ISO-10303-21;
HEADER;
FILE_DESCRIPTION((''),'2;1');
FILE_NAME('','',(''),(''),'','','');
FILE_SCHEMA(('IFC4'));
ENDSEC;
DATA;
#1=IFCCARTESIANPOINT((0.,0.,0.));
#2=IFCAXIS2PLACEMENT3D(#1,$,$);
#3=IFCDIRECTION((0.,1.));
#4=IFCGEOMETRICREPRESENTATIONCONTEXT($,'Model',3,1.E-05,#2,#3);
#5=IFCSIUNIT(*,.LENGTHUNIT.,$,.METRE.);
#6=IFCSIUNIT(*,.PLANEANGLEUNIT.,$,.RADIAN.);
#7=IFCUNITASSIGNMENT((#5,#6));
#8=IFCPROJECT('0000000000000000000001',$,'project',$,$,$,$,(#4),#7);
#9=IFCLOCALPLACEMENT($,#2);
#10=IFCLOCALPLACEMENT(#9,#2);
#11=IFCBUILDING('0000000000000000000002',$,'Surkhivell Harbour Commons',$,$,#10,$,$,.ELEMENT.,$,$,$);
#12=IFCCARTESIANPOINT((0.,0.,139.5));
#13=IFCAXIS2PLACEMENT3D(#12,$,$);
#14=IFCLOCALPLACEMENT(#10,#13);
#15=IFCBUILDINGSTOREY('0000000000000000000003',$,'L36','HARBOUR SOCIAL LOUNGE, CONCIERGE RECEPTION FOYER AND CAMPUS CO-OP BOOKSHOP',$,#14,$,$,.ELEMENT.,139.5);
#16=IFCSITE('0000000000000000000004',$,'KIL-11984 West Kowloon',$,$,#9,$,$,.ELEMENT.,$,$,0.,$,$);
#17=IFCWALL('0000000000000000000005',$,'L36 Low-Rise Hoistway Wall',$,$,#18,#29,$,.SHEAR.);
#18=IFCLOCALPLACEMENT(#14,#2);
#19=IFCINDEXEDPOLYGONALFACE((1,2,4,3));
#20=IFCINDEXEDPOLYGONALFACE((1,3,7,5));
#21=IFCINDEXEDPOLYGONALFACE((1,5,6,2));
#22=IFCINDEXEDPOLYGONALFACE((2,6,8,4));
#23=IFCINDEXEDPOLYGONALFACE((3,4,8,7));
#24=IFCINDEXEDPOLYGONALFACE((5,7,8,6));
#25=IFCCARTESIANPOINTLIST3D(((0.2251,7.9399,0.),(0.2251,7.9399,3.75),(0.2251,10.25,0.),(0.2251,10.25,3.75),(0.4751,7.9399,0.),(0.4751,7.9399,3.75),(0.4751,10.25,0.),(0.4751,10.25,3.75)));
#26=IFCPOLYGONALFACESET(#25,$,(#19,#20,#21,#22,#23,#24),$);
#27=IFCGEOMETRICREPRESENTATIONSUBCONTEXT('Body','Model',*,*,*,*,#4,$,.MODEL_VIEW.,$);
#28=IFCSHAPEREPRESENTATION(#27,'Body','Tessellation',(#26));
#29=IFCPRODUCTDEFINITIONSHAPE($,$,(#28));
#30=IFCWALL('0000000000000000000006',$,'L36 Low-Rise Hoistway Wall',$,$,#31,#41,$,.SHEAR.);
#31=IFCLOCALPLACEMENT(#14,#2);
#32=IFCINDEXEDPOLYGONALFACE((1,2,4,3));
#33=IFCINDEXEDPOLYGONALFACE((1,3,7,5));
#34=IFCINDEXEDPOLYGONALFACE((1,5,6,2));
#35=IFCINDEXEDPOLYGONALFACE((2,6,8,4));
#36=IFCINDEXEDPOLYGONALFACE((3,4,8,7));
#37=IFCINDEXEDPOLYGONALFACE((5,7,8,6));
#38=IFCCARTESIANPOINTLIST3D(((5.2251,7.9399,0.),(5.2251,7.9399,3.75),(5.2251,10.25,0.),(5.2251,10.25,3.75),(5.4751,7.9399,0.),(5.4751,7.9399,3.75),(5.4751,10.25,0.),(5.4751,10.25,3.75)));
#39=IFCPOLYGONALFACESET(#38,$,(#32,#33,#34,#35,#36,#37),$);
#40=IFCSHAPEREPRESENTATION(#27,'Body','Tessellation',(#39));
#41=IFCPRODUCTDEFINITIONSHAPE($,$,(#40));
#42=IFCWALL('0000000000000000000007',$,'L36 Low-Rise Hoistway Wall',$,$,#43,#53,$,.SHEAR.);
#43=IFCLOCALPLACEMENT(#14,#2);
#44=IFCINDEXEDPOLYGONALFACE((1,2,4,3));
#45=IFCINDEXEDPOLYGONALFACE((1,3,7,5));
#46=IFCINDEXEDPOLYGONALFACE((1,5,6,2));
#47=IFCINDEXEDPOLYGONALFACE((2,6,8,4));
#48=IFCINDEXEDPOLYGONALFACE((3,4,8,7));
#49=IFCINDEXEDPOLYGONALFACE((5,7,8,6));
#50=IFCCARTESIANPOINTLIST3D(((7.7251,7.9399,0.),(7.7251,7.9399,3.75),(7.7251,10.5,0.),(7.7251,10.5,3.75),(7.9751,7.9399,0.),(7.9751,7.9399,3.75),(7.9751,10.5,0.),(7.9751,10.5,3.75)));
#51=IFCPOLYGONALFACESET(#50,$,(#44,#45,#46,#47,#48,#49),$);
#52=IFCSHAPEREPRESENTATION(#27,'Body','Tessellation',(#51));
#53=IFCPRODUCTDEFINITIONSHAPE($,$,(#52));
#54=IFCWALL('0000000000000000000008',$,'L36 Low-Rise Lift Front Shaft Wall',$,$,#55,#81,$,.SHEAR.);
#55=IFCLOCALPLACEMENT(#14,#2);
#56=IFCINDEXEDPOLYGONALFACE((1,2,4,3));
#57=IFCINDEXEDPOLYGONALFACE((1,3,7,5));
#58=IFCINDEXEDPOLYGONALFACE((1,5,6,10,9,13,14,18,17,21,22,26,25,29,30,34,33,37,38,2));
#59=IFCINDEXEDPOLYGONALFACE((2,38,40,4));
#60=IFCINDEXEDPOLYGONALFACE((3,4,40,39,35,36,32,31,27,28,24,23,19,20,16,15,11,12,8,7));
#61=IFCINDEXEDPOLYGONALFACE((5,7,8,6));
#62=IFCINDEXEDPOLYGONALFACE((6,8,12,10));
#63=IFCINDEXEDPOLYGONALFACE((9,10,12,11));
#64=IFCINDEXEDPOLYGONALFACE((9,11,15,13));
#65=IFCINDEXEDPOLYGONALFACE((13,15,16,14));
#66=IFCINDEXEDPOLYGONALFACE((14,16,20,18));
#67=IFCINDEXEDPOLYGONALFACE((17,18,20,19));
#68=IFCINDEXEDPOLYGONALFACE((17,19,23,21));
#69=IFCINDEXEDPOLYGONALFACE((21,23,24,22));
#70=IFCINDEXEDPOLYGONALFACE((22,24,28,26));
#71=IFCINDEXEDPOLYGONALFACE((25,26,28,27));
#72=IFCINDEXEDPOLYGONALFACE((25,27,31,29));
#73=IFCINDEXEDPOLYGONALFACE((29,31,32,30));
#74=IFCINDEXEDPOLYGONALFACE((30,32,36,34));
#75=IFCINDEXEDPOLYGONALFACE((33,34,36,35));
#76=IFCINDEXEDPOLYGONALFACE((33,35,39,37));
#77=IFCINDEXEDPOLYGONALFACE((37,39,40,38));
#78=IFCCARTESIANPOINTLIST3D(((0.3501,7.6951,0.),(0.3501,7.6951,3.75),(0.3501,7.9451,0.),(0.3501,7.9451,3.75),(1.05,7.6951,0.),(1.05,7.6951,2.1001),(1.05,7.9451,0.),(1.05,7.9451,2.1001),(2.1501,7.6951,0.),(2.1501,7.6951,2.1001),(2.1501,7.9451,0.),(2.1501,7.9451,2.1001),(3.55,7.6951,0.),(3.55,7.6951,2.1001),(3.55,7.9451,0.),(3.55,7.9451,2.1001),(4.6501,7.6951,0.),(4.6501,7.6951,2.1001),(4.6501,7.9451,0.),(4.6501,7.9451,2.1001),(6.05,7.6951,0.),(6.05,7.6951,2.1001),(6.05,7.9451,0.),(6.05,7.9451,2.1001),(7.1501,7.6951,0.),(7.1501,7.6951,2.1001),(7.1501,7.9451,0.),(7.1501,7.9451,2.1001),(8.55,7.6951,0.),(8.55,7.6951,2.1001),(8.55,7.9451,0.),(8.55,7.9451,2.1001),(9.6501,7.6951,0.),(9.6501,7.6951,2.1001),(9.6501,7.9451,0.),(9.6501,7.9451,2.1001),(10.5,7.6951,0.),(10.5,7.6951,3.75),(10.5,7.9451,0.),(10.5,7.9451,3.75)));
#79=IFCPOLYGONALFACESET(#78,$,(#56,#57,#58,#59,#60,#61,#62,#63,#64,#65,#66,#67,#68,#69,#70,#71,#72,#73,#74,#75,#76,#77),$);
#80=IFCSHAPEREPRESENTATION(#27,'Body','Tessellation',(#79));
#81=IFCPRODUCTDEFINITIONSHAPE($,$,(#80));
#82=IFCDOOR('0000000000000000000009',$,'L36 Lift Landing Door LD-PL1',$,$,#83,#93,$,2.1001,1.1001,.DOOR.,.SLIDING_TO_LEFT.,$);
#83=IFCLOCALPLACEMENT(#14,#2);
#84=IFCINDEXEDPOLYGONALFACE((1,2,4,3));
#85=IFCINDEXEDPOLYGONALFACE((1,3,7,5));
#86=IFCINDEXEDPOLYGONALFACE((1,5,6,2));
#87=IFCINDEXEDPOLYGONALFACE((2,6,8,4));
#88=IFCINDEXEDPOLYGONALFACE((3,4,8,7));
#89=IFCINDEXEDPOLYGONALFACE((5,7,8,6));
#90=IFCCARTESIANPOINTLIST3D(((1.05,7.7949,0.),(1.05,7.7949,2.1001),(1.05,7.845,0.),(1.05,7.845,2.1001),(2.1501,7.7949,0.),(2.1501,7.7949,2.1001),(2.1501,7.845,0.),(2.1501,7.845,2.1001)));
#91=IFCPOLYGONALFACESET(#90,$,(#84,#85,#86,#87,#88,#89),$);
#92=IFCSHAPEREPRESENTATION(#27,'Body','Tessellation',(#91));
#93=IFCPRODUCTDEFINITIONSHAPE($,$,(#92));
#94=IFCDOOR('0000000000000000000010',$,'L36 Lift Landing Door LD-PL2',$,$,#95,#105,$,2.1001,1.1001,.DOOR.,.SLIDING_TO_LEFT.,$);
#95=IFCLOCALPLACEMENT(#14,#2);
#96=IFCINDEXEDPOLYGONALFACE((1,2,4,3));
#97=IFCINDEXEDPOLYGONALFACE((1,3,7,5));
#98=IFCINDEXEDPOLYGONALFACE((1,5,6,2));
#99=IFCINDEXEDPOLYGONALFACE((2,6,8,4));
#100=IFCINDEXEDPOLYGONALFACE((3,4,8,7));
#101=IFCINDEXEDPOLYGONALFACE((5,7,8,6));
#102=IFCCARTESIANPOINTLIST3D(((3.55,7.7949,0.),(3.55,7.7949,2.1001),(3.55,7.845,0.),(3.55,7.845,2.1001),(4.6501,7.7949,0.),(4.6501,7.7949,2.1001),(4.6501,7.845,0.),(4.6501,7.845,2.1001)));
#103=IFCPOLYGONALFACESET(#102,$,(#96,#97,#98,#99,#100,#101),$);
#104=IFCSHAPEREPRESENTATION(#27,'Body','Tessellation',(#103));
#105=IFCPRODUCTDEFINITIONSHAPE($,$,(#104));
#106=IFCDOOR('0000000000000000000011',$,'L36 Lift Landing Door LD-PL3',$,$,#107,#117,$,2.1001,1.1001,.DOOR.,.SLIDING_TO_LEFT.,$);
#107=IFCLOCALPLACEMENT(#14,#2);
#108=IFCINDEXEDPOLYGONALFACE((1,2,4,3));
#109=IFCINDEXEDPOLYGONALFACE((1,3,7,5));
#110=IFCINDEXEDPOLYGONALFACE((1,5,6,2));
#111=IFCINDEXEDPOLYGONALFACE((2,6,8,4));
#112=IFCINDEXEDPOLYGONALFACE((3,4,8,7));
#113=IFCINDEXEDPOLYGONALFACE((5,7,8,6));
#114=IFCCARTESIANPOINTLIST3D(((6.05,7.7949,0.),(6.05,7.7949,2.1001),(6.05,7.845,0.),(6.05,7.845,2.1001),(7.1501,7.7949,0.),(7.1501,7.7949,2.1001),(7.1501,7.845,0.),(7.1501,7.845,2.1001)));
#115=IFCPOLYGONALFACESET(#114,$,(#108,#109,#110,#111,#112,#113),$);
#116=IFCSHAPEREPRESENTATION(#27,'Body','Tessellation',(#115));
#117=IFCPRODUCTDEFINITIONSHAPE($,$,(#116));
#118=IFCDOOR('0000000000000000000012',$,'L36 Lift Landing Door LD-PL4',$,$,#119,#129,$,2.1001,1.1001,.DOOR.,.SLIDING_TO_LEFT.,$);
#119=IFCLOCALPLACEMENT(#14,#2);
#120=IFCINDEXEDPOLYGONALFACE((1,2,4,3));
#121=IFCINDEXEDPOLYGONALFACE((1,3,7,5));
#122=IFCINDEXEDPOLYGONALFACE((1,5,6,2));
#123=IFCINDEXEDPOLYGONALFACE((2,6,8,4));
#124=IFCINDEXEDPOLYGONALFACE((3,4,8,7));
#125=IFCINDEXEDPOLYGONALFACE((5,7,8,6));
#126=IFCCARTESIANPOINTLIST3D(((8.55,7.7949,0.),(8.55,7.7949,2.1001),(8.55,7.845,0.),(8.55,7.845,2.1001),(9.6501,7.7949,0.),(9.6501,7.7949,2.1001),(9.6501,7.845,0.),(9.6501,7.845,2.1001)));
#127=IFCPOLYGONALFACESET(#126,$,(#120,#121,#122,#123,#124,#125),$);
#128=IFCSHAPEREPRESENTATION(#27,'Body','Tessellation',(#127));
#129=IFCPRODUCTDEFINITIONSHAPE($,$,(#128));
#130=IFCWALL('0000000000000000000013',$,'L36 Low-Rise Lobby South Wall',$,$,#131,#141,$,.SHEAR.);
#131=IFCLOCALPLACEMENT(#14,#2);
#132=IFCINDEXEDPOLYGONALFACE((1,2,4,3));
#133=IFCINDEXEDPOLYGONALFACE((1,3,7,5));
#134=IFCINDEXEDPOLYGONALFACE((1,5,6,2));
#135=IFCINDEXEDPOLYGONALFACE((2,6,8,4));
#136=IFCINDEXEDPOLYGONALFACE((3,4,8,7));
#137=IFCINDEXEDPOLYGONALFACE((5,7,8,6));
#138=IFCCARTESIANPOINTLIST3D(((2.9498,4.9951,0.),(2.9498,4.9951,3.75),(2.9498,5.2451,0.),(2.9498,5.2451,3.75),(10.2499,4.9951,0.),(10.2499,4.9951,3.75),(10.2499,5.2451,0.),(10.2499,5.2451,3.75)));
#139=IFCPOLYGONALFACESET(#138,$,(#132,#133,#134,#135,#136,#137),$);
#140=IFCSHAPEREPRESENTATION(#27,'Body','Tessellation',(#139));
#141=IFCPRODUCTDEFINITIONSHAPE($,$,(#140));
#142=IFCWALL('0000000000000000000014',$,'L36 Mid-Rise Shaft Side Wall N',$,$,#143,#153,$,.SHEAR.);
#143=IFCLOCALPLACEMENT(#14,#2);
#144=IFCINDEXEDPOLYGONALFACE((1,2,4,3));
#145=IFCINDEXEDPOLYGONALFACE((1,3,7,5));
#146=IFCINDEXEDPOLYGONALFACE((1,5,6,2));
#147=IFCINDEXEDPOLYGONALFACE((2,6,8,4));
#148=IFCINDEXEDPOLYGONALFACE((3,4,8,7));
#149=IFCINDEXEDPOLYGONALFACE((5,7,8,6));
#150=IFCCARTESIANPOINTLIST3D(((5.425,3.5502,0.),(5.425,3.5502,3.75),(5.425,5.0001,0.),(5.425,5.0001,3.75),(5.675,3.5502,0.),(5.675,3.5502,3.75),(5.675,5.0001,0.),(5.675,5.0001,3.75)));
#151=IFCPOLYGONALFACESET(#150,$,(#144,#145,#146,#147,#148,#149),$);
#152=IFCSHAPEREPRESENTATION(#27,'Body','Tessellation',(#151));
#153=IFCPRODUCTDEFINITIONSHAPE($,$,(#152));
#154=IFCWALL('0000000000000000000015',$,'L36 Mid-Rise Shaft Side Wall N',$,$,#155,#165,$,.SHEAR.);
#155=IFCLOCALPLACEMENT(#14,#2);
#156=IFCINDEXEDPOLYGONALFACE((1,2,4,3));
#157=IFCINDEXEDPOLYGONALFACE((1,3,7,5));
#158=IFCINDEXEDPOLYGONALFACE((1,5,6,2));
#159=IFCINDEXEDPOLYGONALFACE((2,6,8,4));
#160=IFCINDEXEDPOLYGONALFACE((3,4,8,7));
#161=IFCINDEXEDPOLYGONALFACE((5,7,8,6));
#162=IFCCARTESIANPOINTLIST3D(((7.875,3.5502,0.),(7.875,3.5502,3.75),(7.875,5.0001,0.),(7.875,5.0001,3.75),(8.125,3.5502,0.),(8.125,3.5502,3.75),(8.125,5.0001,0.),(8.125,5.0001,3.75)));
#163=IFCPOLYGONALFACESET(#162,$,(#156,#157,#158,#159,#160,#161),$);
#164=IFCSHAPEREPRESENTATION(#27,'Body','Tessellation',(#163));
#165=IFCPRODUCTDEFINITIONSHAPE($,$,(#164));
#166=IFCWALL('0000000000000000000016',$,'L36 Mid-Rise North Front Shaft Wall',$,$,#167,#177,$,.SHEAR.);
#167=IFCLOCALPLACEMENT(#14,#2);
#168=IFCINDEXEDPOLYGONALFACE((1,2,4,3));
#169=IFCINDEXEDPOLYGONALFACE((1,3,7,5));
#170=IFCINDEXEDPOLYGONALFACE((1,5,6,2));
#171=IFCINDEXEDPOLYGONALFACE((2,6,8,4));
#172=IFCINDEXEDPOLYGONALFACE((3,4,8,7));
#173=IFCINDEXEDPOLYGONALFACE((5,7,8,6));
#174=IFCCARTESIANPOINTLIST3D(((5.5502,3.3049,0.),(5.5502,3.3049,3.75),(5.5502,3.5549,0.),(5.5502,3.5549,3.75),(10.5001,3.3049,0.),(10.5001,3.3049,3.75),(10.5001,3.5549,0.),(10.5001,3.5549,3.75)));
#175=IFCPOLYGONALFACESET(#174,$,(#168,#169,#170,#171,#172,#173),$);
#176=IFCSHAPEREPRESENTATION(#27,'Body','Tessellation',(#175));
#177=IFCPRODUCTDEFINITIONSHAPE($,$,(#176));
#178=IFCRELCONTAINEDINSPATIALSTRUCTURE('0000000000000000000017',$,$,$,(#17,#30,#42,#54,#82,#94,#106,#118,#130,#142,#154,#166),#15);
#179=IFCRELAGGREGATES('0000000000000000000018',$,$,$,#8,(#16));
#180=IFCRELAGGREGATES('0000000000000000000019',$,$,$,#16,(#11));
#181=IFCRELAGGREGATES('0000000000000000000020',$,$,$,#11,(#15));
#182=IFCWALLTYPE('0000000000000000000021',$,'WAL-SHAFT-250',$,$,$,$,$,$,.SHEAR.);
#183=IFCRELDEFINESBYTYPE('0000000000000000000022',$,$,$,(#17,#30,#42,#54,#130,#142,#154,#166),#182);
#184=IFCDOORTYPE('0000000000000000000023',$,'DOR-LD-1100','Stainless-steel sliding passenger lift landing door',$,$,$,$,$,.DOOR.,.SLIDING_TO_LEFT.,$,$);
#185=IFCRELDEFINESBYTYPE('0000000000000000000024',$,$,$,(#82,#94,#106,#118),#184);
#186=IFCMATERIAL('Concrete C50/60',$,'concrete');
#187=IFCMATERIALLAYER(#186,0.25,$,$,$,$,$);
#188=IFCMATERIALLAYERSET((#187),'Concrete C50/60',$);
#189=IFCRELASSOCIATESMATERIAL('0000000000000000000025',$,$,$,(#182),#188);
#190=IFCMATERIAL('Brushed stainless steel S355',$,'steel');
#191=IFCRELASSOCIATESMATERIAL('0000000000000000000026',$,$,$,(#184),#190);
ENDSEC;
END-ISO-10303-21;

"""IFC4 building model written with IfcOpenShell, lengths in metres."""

from ifc_helpers import new_model, si_unit, direction, frame, frame_2d, origin, place, context, subcontext, project, spatial, rectangle, extrude, material, layer, layer_set, type_object, element, fill, save


model = new_model("IFC4")

# Units and contexts
model_context = context("Model", 3, precision=1e-05, world=origin(), true_north=direction((0.0, 1.0)))
body_context = subcontext(model_context, "Body", "Model", "MODEL_VIEW")
ifc_project = project(units=[si_unit("LENGTHUNIT", "METRE"), si_unit("PLANEANGLEUNIT", "RADIAN")], contexts=[model_context])

# Site, building, storey
site_placement = place(None, origin())
site = spatial("IfcSite", under=ifc_project, at=site_placement, Name="KIL-11984 West Kowloon", CompositionType="ELEMENT", RefElevation=0.0)
building_placement = place(site_placement, origin())
building = spatial("IfcBuilding", under=site, at=building_placement, Name="Surkhivell Harbour Commons", CompositionType="ELEMENT")
storey_placement = place(building_placement, frame((0.0, 0.0, 139.5)))
storey = spatial("IfcBuildingStorey", under=building, at=storey_placement, Name="L36", Description="HARBOUR SOCIAL LOUNGE, CONCIERGE RECEPTION FOYER AND CAMPUS CO-OP BOOKSHOP", CompositionType="ELEMENT", Elevation=139.5)

# Walls
ifc_material_1 = material(Name="Concrete C50/60", Category="concrete")
ifc_layer_1 = layer(ifc_material_1, 0.25)
ifc_layer_set_1 = layer_set([ifc_layer_1], Name="Concrete C50/60")
wall_type_1 = type_object("IfcWallType", Name="WAL-SHAFT-250", PredefinedType="SHEAR", material=ifc_layer_set_1)
for number, where, z_axis, x_axis, name in (
    (1, (0.3501, 7.9399, 0.0), (0.0, 0.0, 1.0), (0.0, 1.0, 0.0), "L36 Low-Rise Hoistway Wall"),
    (2, (5.3501, 7.9399, 0.0), (0.0, 0.0, 1.0), (0.0, 1.0, 0.0), "L36 Low-Rise Hoistway Wall"),
):
    element("IfcWall", number, at=place(storey_placement, frame(where, z_axis=z_axis, x_axis=x_axis)), inside=storey, type_object=wall_type_1, Name=name, PredefinedType="SHEAR", context=body_context, shape_type="SweptSolid", body=[
        extrude(rectangle(XDim=2.3101, YDim=0.25, at=frame_2d((1.155, 0.0))), origin(), (0.0, 0.0, 1.0), 3.75),
    ])
wall_1_placement = place(storey_placement, frame((7.8501, 7.9399, 0.0), z_axis=(0.0, 0.0, 1.0), x_axis=(0.0, 1.0, 0.0)))
element("IfcWall", 3, at=wall_1_placement, inside=storey, type_object=wall_type_1, Name="L36 Low-Rise Hoistway Wall", PredefinedType="SHEAR", context=body_context, shape_type="SweptSolid", body=[
    extrude(rectangle(XDim=2.5601, YDim=0.25, at=frame_2d((1.28, 0.0))), origin(), (0.0, 0.0, 1.0), 3.75),
])

# Wall, openings, doors
wall_2_placement = place(storey_placement, frame((0.3501, 7.8201, 0.0), z_axis=(0.0, 0.0, 1.0), x_axis=(1.0, 0.0, 0.0)))
wall_2 = element("IfcWall", 4, at=wall_2_placement, inside=storey, type_object=wall_type_1, Name="L36 Low-Rise Lift Front Shaft Wall", PredefinedType="SHEAR", context=body_context, shape_type="SweptSolid", body=[
    extrude(rectangle(XDim=10.1499, YDim=0.25, at=frame_2d((5.075, 0.0))), origin(), (0.0, 0.0, 1.0), 3.75),
])
opening_1_placement = place(wall_2_placement, frame((0.7, 0.0, 0.0)))
opening_1 = element("IfcOpeningElement", 5, at=opening_1_placement, cuts=wall_2, PredefinedType="OPENING", context=body_context, shape_type="SweptSolid", body=[
    extrude(rectangle(XDim=1.1001, YDim=2.1001, at=frame_2d((0.55, 1.05))), frame((0.0, 0.135, 0.0), z_axis=(0.0, -1.0, 0.0), x_axis=(1.0, 0.0, 0.0)), (0.0, 0.0, 1.0), 0.27),
])
opening_2_placement = place(wall_2_placement, frame((3.2, 0.0, 0.0)))
opening_2 = element("IfcOpeningElement", 6, at=opening_2_placement, cuts=wall_2, PredefinedType="OPENING", context=body_context, shape_type="SweptSolid", body=[
    extrude(rectangle(XDim=1.1001, YDim=2.1001, at=frame_2d((0.55, 1.05))), frame((0.0, 0.135, 0.0), z_axis=(0.0, -1.0, 0.0), x_axis=(1.0, 0.0, 0.0)), (0.0, 0.0, 1.0), 0.27),
])
opening_3_placement = place(wall_2_placement, frame((5.7, 0.0, 0.0)))
opening_3 = element("IfcOpeningElement", 7, at=opening_3_placement, cuts=wall_2, PredefinedType="OPENING", context=body_context, shape_type="SweptSolid", body=[
    extrude(rectangle(XDim=1.1001, YDim=2.1001, at=frame_2d((0.55, 1.05))), frame((0.0, 0.135, 0.0), z_axis=(0.0, -1.0, 0.0), x_axis=(1.0, 0.0, 0.0)), (0.0, 0.0, 1.0), 0.27),
])
opening_4_placement = place(wall_2_placement, frame((8.2, 0.0, 0.0)))
opening_4 = element("IfcOpeningElement", 8, at=opening_4_placement, cuts=wall_2, PredefinedType="OPENING", context=body_context, shape_type="SweptSolid", body=[
    extrude(rectangle(XDim=1.1001, YDim=2.1001, at=frame_2d((0.55, 1.05))), frame((0.0, 0.135, 0.0), z_axis=(0.0, -1.0, 0.0), x_axis=(1.0, 0.0, 0.0)), (0.0, 0.0, 1.0), 0.27),
])
ifc_material_2 = material(Name="Brushed stainless steel S355", Category="steel")
door_type = type_object("IfcDoorType", Name="DOR-LD-1100", Description="Stainless-steel sliding passenger lift landing door", OperationType="SLIDING_TO_LEFT", PredefinedType="DOOR", material=ifc_material_2)
door_1_placement = place(opening_1_placement, origin())
door_1 = element("IfcDoor", 9, at=door_1_placement, inside=storey, type_object=door_type, Name="L36 Lift Landing Door LD-PL1", OperationType="SLIDING_TO_LEFT", OverallHeight=2.1001, OverallWidth=1.1001, PredefinedType="DOOR", context=body_context, shape_type="SweptSolid", body=[
    extrude(rectangle(XDim=1.1001, YDim=2.1001, at=frame_2d((0.55, 1.05))), frame((0.0, 0.0249, 0.0), z_axis=(0.0, -1.0, 0.0), x_axis=(1.0, 0.0, 0.0)), (0.0, 0.0, 1.0), 0.05),
])
fill(opening_1, door_1)
door_2_placement = place(opening_2_placement, origin())
door_2 = element("IfcDoor", 10, at=door_2_placement, inside=storey, type_object=door_type, Name="L36 Lift Landing Door LD-PL2", OperationType="SLIDING_TO_LEFT", OverallHeight=2.1001, OverallWidth=1.1001, PredefinedType="DOOR", context=body_context, shape_type="SweptSolid", body=[
    extrude(rectangle(XDim=1.1001, YDim=2.1001, at=frame_2d((0.55, 1.05))), frame((0.0, 0.0249, 0.0), z_axis=(0.0, -1.0, 0.0), x_axis=(1.0, 0.0, 0.0)), (0.0, 0.0, 1.0), 0.05),
])
fill(opening_2, door_2)
door_3_placement = place(opening_3_placement, origin())
door_3 = element("IfcDoor", 11, at=door_3_placement, inside=storey, type_object=door_type, Name="L36 Lift Landing Door LD-PL3", OperationType="SLIDING_TO_LEFT", OverallHeight=2.1001, OverallWidth=1.1001, PredefinedType="DOOR", context=body_context, shape_type="SweptSolid", body=[
    extrude(rectangle(XDim=1.1001, YDim=2.1001, at=frame_2d((0.55, 1.05))), frame((0.0, 0.0249, 0.0), z_axis=(0.0, -1.0, 0.0), x_axis=(1.0, 0.0, 0.0)), (0.0, 0.0, 1.0), 0.05),
])
fill(opening_3, door_3)
door_4_placement = place(opening_4_placement, origin())
door_4 = element("IfcDoor", 12, at=door_4_placement, inside=storey, type_object=door_type, Name="L36 Lift Landing Door LD-PL4", OperationType="SLIDING_TO_LEFT", OverallHeight=2.1001, OverallWidth=1.1001, PredefinedType="DOOR", context=body_context, shape_type="SweptSolid", body=[
    extrude(rectangle(XDim=1.1001, YDim=2.1001, at=frame_2d((0.55, 1.05))), frame((0.0, 0.0249, 0.0), z_axis=(0.0, -1.0, 0.0), x_axis=(1.0, 0.0, 0.0)), (0.0, 0.0, 1.0), 0.05),
])
fill(opening_4, door_4)

# Walls
wall_3_placement = place(storey_placement, frame((2.95, 5.1201, 0.0), z_axis=(0.0, 0.0, 1.0), x_axis=(1.0, 0.0, 0.0)))
element("IfcWall", 13, at=wall_3_placement, inside=storey, type_object=wall_type_1, Name="L36 Low-Rise Lobby South Wall", PredefinedType="SHEAR", context=body_context, shape_type="SweptSolid", body=[
    extrude(rectangle(XDim=7.3, YDim=0.25, at=frame_2d((3.6499, 0.0))), origin(), (0.0, 0.0, 1.0), 3.75),
])
for number, where, z_axis, x_axis, name in (
    (14, (5.55, 3.55, 0.0), (0.0, 0.0, 1.0), (0.0, 1.0, 0.0), "L36 Mid-Rise Shaft Side Wall N"),
    (15, (8.0, 3.55, 0.0), (0.0, 0.0, 1.0), (0.0, 1.0, 0.0), "L36 Mid-Rise Shaft Side Wall N"),
):
    element("IfcWall", number, at=place(storey_placement, frame(where, z_axis=z_axis, x_axis=x_axis)), inside=storey, type_object=wall_type_1, Name=name, PredefinedType="SHEAR", context=body_context, shape_type="SweptSolid", body=[
        extrude(rectangle(XDim=1.45, YDim=0.25, at=frame_2d((0.7251, 0.0))), origin(), (0.0, 0.0, 1.0), 3.75),
    ])
wall_4_placement = place(storey_placement, frame((5.55, 3.4299, 0.0), z_axis=(0.0, 0.0, 1.0), x_axis=(1.0, 0.0, 0.0)))
element("IfcWall", 16, at=wall_4_placement, inside=storey, type_object=wall_type_1, Name="L36 Mid-Rise North Front Shaft Wall", PredefinedType="SHEAR", context=body_context, shape_type="SweptSolid", body=[
    extrude(rectangle(XDim=4.95, YDim=0.25, at=frame_2d((2.4751, 0.0))), origin(), (0.0, 0.0, 1.0), 3.75),
])

save(model, "model.ifc")
